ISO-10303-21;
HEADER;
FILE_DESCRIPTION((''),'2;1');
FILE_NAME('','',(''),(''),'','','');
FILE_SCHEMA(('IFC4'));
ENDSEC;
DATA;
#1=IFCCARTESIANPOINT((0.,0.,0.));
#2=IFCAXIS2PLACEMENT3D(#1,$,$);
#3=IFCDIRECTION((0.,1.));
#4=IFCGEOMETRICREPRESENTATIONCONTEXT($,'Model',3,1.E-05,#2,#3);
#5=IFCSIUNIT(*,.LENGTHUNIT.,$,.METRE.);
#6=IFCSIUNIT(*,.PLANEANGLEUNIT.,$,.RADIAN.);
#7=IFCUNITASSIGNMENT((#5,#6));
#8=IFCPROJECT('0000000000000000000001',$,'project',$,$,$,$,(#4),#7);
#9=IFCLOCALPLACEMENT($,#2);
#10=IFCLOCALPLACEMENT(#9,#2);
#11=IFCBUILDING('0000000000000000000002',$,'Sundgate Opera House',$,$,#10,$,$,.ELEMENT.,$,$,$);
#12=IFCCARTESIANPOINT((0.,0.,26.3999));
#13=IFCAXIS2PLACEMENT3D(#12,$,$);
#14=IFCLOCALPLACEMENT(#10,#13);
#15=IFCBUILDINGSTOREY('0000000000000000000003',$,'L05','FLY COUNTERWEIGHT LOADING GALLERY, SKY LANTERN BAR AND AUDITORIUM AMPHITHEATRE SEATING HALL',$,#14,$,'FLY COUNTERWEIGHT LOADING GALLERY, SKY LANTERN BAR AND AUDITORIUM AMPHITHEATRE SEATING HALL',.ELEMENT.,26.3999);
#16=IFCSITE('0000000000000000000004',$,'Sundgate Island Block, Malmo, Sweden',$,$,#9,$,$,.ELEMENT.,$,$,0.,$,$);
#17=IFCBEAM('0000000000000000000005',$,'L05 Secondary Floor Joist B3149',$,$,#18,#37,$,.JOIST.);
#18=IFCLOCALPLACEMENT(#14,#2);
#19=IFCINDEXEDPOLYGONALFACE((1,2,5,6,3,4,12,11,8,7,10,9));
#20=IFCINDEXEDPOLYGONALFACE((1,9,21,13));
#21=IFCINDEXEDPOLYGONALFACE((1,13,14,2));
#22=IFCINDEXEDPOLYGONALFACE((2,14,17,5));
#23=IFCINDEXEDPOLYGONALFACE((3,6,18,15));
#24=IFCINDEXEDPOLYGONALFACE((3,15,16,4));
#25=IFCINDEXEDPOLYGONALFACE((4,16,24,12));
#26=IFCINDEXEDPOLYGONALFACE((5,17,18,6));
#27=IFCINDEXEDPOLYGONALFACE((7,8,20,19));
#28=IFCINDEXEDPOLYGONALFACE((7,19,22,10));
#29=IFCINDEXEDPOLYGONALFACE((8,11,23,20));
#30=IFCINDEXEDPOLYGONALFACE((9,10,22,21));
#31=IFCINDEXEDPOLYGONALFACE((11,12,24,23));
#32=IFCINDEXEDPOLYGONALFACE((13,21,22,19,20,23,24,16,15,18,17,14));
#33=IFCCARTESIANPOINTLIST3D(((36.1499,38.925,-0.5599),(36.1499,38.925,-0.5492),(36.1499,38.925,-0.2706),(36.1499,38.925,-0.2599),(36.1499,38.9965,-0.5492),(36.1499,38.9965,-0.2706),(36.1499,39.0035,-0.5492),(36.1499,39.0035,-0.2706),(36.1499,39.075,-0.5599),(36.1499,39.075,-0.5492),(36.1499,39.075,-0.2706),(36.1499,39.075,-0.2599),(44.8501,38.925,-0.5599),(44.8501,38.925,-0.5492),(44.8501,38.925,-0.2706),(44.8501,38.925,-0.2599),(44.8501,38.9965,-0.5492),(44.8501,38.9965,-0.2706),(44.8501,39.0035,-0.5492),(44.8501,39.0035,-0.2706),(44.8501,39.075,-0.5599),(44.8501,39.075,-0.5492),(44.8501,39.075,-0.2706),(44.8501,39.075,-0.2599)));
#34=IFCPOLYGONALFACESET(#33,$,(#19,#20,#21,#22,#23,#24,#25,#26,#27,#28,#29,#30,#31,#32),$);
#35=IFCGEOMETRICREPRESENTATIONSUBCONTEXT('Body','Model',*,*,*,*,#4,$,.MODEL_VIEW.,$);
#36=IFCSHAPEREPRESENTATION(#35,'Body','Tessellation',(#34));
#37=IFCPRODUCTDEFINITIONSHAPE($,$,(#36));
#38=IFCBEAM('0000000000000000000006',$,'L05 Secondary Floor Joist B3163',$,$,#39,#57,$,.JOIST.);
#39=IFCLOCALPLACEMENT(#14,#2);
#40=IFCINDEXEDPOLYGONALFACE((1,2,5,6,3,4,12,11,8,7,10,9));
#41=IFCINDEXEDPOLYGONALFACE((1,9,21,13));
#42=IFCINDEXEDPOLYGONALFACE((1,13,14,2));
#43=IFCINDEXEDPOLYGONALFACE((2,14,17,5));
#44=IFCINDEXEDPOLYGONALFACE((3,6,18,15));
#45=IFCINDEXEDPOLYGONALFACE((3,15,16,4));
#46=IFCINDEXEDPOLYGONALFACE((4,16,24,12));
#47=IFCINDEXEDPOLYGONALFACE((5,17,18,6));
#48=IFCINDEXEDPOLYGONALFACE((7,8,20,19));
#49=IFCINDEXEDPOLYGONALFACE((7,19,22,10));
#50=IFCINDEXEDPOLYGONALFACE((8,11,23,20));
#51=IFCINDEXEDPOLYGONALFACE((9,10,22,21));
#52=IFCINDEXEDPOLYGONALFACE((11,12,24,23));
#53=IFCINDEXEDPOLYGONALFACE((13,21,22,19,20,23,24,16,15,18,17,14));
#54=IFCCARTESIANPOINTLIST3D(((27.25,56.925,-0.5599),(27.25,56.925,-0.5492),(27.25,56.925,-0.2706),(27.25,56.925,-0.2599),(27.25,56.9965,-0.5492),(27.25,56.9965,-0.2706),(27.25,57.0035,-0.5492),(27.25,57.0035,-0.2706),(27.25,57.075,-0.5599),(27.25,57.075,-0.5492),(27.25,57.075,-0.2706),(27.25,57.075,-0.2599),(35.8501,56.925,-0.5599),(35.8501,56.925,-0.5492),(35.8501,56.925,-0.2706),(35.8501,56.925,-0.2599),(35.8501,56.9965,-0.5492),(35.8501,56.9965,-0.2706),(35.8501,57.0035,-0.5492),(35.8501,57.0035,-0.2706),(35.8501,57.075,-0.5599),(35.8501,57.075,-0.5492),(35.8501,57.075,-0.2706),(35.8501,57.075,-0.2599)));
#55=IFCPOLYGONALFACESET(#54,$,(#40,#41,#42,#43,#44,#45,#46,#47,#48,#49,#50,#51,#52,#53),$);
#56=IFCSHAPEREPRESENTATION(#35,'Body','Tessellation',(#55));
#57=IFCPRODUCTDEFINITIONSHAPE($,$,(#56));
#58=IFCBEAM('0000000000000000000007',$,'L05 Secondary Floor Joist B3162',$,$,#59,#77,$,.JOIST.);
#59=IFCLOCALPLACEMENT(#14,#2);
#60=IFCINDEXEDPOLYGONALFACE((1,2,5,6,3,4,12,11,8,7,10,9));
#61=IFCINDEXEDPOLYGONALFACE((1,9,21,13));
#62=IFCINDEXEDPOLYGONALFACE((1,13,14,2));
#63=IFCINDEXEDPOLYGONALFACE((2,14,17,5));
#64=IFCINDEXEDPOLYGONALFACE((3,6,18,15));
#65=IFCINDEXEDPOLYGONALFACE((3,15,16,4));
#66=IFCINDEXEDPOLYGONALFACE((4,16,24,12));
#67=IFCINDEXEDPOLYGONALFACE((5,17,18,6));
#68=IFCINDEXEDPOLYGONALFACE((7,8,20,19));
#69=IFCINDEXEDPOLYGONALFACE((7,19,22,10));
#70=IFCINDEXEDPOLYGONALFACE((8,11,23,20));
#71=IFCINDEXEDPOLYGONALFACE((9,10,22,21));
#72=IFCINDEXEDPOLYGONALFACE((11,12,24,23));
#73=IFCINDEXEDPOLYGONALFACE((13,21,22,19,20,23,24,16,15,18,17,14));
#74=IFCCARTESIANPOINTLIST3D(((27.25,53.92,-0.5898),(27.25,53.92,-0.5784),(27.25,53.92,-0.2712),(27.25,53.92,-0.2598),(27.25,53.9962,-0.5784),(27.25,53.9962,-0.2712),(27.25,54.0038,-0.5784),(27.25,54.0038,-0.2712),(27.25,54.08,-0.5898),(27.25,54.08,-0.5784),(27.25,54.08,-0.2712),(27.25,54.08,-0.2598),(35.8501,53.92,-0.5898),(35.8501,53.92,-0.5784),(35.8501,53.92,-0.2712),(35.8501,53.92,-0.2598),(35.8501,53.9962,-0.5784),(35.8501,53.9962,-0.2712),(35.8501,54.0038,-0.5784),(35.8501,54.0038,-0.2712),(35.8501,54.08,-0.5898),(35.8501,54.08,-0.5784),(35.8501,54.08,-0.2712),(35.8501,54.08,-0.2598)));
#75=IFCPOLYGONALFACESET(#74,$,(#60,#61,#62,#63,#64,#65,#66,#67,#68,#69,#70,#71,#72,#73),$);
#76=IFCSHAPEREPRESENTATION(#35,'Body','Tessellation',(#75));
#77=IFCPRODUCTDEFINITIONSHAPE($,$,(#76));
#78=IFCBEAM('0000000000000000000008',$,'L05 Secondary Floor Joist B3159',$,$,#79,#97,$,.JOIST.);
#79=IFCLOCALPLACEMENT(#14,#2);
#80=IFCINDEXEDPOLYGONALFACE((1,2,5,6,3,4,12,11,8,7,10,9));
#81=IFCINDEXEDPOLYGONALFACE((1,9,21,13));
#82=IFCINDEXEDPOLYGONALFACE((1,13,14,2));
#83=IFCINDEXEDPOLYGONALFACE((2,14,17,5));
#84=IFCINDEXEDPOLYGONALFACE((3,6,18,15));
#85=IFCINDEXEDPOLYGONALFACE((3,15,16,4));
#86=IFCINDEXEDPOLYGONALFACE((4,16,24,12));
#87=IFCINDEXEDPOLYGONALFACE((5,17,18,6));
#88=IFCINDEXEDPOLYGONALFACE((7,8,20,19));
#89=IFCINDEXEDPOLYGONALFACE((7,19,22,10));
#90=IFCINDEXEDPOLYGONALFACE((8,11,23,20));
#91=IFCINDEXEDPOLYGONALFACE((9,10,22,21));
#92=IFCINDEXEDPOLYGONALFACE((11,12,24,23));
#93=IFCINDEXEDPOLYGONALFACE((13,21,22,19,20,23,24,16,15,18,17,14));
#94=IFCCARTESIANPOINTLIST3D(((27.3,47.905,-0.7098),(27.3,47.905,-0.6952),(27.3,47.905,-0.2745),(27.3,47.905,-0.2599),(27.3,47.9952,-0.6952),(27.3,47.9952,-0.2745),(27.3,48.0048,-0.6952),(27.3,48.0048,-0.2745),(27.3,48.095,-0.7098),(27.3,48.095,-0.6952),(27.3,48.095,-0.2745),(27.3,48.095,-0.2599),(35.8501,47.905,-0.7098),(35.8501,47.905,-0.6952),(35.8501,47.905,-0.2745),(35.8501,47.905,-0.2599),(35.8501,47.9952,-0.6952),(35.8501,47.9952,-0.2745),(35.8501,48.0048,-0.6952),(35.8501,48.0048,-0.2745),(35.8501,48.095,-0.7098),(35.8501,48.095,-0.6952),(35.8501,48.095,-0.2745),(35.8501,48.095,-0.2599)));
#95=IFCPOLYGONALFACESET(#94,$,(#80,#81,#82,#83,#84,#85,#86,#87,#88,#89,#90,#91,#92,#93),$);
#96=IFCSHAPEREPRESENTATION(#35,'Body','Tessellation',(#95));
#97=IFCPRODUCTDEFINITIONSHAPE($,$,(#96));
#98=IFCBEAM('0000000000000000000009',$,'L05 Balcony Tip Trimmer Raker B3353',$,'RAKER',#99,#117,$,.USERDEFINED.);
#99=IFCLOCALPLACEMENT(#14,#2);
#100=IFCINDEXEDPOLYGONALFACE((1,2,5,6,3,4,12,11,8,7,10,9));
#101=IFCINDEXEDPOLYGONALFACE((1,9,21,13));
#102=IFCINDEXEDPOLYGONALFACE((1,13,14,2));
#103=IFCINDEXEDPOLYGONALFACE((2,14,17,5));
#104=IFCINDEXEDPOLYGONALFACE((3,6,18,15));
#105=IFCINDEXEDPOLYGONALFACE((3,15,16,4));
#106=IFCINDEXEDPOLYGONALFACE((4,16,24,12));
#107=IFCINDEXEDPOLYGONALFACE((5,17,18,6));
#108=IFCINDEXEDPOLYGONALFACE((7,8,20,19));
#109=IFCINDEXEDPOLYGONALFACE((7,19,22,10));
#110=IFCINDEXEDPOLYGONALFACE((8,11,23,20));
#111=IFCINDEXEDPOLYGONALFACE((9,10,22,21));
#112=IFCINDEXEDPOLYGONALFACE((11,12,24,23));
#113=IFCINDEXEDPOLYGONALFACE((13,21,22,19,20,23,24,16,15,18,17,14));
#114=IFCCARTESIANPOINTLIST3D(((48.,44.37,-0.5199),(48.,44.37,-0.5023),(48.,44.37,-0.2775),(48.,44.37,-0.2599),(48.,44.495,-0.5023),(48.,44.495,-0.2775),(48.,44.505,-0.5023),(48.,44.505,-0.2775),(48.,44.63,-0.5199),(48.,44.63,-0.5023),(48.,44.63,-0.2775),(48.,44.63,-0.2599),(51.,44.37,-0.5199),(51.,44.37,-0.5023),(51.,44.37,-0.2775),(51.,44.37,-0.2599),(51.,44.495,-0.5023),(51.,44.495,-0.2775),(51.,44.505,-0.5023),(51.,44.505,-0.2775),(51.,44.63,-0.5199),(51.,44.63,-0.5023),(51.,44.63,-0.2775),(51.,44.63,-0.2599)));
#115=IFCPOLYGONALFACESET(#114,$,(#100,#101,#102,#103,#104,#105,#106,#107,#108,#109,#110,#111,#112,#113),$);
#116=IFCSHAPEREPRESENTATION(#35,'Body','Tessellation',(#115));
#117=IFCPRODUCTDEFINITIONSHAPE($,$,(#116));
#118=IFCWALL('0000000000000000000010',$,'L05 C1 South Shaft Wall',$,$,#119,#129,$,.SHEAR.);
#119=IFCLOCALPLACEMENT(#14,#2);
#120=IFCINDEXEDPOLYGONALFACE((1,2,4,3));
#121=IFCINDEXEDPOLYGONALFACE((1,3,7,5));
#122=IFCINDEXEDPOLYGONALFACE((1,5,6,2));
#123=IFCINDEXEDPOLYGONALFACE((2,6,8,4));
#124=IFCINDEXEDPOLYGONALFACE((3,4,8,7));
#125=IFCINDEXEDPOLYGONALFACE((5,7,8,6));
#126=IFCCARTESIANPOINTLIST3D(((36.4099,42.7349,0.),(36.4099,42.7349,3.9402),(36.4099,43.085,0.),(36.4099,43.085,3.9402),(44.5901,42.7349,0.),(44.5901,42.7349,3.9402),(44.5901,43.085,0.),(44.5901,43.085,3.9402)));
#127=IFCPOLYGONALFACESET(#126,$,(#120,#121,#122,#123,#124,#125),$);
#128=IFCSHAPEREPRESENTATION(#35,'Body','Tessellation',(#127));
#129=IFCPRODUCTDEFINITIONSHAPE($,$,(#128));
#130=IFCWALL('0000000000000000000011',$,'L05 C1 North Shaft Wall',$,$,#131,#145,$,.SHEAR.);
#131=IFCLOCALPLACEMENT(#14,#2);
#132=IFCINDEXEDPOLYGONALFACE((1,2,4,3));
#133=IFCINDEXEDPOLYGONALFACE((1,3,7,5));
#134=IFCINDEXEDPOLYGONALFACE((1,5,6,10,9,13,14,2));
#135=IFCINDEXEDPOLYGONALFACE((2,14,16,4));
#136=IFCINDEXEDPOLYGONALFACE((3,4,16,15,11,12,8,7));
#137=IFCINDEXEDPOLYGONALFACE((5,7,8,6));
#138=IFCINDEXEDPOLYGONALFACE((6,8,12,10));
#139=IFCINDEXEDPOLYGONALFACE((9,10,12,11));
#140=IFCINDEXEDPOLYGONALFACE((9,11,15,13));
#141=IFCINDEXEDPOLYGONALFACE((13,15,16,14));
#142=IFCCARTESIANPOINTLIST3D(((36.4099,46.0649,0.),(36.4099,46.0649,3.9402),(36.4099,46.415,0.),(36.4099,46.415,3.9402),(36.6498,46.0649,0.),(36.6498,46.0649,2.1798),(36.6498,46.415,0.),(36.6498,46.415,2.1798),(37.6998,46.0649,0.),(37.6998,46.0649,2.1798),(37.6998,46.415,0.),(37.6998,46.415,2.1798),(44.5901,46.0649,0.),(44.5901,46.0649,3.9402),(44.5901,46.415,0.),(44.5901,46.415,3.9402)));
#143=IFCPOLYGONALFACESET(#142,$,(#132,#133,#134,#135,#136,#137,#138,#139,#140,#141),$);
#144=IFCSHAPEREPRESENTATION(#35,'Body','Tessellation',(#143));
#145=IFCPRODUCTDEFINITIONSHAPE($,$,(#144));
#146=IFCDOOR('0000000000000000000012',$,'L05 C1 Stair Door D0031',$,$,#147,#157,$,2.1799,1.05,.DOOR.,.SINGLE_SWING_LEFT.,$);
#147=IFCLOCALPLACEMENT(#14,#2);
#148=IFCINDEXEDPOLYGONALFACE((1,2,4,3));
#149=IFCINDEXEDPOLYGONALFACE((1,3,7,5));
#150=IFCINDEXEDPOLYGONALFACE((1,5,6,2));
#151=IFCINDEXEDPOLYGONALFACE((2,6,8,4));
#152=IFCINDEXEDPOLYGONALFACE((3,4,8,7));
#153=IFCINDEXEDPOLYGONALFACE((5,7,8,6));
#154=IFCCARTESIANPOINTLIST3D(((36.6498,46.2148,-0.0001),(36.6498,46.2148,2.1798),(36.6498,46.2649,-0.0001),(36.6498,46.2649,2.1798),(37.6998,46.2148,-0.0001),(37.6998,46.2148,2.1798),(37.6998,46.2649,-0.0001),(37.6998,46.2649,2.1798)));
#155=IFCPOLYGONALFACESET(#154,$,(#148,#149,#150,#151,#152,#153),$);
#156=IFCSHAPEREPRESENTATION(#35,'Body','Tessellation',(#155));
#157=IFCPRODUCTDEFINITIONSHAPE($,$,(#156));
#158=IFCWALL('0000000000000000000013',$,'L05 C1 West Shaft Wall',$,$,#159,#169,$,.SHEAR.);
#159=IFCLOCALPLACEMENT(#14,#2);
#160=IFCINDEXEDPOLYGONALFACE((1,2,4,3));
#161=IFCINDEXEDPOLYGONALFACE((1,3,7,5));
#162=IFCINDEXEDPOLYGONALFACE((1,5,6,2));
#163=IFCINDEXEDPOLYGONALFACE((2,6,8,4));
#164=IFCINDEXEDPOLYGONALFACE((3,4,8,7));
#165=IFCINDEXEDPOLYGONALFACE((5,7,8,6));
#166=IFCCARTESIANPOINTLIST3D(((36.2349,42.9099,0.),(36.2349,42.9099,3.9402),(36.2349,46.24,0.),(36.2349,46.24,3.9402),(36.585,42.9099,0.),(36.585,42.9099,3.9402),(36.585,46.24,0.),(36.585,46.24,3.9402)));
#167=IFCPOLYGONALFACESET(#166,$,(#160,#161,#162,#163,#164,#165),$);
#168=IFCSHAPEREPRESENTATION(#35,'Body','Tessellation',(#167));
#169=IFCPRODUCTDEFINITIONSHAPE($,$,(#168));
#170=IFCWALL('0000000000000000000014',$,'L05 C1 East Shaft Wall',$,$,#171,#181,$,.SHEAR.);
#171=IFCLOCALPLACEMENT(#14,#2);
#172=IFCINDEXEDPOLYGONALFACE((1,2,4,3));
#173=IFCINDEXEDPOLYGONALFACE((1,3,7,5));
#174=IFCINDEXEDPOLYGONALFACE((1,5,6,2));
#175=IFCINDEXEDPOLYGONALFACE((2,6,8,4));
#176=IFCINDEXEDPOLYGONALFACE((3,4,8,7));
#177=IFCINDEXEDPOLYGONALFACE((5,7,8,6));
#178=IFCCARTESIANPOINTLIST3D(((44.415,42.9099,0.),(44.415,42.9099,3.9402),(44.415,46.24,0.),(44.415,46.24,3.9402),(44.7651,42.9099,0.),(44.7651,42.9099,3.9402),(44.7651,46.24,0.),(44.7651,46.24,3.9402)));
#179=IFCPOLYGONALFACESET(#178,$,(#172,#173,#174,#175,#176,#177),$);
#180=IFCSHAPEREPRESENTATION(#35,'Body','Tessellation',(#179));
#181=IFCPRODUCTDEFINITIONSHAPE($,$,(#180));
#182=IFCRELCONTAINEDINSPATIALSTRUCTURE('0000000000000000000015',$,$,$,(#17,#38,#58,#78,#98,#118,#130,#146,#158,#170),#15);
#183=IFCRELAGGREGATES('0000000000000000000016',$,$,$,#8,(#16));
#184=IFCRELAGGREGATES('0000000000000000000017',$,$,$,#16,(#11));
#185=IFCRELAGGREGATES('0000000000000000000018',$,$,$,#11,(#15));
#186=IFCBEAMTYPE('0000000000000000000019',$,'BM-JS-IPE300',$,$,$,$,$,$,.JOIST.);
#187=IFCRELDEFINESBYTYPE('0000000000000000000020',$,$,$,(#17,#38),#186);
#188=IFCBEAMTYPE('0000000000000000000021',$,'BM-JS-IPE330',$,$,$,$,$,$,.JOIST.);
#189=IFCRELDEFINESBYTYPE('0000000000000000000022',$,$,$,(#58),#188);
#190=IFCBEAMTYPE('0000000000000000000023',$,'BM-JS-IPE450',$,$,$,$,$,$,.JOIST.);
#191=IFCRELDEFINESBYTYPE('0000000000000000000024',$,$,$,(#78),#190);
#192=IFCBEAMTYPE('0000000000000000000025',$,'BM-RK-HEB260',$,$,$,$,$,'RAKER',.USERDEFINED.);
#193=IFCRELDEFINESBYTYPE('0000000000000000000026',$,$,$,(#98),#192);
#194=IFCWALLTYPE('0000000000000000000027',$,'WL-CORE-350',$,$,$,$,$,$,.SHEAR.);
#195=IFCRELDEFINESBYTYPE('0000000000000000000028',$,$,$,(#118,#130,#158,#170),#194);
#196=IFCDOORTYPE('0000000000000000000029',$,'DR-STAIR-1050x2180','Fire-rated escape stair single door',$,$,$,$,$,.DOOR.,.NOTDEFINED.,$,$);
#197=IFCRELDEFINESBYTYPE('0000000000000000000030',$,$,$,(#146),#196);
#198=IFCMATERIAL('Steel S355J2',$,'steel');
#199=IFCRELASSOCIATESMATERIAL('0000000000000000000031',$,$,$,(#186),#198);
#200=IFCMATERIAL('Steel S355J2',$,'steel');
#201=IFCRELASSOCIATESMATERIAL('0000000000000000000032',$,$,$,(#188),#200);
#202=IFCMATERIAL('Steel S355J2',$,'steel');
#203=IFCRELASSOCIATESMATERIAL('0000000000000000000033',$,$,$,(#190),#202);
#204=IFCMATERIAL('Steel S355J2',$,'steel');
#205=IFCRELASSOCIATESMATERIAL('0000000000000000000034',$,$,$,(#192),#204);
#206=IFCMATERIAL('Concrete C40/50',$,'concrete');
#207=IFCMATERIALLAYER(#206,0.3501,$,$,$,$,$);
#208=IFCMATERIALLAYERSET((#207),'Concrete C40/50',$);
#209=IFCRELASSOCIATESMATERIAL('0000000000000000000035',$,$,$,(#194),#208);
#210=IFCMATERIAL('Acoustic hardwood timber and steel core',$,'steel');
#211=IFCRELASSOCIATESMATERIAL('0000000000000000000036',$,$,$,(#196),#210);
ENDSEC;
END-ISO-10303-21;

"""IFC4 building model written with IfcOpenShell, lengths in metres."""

from ifc_helpers import new_model, si_unit, direction, frame, frame_2d, origin, origin_2d, place, context, subcontext, project, spatial, rectangle, i_section, extrude, material, layer, layer_set, material_profile, profile_set, type_object, element, fill, save


model = new_model("IFC4")

# Units and contexts
model_context = context("Model", 3, precision=1e-05, world=origin(), true_north=direction((0.0, 1.0)))
body_context = subcontext(model_context, "Body", "Model", "MODEL_VIEW")
ifc_project = project(units=[si_unit("LENGTHUNIT", "METRE"), si_unit("PLANEANGLEUNIT", "RADIAN")], contexts=[model_context])

# Site, building, storey
site_placement = place(None, origin())
site = spatial("IfcSite", under=ifc_project, at=site_placement, Name="Sundgate Island Block, Malmo, Sweden", CompositionType="ELEMENT", RefElevation=0.0)
building_placement = place(site_placement, origin())
building = spatial("IfcBuilding", under=site, at=building_placement, Name="Sundgate Opera House", CompositionType="ELEMENT")
storey_placement = place(building_placement, frame((0.0, 0.0, 26.3999)))
storey = spatial("IfcBuildingStorey", under=building, at=storey_placement, Name="L05", Description="FLY COUNTERWEIGHT LOADING GALLERY, SKY LANTERN BAR AND AUDITORIUM AMPHITHEATRE SEATING HALL", LongName="FLY COUNTERWEIGHT LOADING GALLERY, SKY LANTERN BAR AND AUDITORIUM AMPHITHEATRE SEATING HALL", CompositionType="ELEMENT", Elevation=26.3999)

# Beams
ifc_material_1 = material(Name="Steel S355J2", Category="steel")
ifc_material_profile_1 = material_profile(ifc_material_1, i_section(OverallWidth=0.1499, OverallDepth=0.3, WebThickness=0.0071, FlangeThickness=0.0107, at=origin_2d()), Name="IPE 300")
ifc_profile_set_1 = profile_set([ifc_material_profile_1], Name="Steel S355J2")
beam_type_1 = type_object("IfcBeamType", Name="BM-JS-IPE300", PredefinedType="JOIST", material=ifc_profile_set_1)
beam_1_placement = place(storey_placement, frame((36.1499, 39.0, -0.4099), z_axis=(1.0, 0.0, 0.0), x_axis=(0.0, 1.0, 0.0)))
element("IfcBeam", 1, at=beam_1_placement, inside=storey, type_object=beam_type_1, Name="L05 Secondary Floor Joist B3149", PredefinedType="JOIST", context=body_context, shape_type="SweptSolid", body=[
    extrude(i_section(OverallWidth=0.1499, OverallDepth=0.3, WebThickness=0.0071, FlangeThickness=0.0107, at=origin_2d()), origin(), (0.0, 0.0, 1.0), 8.7002),
])
beam_2_placement = place(storey_placement, frame((27.25, 57.0, -0.4099), z_axis=(1.0, 0.0, 0.0), x_axis=(0.0, 1.0, 0.0)))
element("IfcBeam", 2, at=beam_2_placement, inside=storey, type_object=beam_type_1, Name="L05 Secondary Floor Joist B3163", PredefinedType="JOIST", context=body_context, shape_type="SweptSolid", body=[
    extrude(i_section(OverallWidth=0.1499, OverallDepth=0.3, WebThickness=0.0071, FlangeThickness=0.0107, at=origin_2d()), origin(), (0.0, 0.0, 1.0), 8.6001),
])
ifc_material_2 = material(Name="Steel S355J2", Category="steel")
ifc_material_profile_2 = material_profile(ifc_material_2, i_section(OverallWidth=0.1599, OverallDepth=0.3301, WebThickness=0.0076, FlangeThickness=0.0115, at=origin_2d()), Name="IPE 330")
ifc_profile_set_2 = profile_set([ifc_material_profile_2], Name="Steel S355J2")
beam_type_2 = type_object("IfcBeamType", Name="BM-JS-IPE330", PredefinedType="JOIST", material=ifc_profile_set_2)
beam_3_placement = place(storey_placement, frame((27.25, 54.0, -0.4248), z_axis=(1.0, 0.0, 0.0), x_axis=(0.0, 1.0, 0.0)))
element("IfcBeam", 3, at=beam_3_placement, inside=storey, type_object=beam_type_2, Name="L05 Secondary Floor Joist B3162", PredefinedType="JOIST", context=body_context, shape_type="SweptSolid", body=[
    extrude(i_section(OverallWidth=0.1599, OverallDepth=0.3301, WebThickness=0.0076, FlangeThickness=0.0115, at=origin_2d()), origin(), (0.0, 0.0, 1.0), 8.6001),
])
ifc_material_3 = material(Name="Steel S355J2", Category="steel")
ifc_material_profile_3 = material_profile(ifc_material_3, i_section(OverallWidth=0.1899, OverallDepth=0.45, WebThickness=0.0095, FlangeThickness=0.0146, at=origin_2d()), Name="IPE 450")
ifc_profile_set_3 = profile_set([ifc_material_profile_3], Name="Steel S355J2")
beam_type_3 = type_object("IfcBeamType", Name="BM-JS-IPE450", PredefinedType="JOIST", material=ifc_profile_set_3)
beam_4_placement = place(storey_placement, frame((27.3, 48.0, -0.4849), z_axis=(1.0, 0.0, 0.0), x_axis=(0.0, 1.0, 0.0)))
element("IfcBeam", 4, at=beam_4_placement, inside=storey, type_object=beam_type_3, Name="L05 Secondary Floor Joist B3159", PredefinedType="JOIST", context=body_context, shape_type="SweptSolid", body=[
    extrude(i_section(OverallWidth=0.1899, OverallDepth=0.45, WebThickness=0.0095, FlangeThickness=0.0146, at=origin_2d()), origin(), (0.0, 0.0, 1.0), 8.55),
])
ifc_material_4 = material(Name="Steel S355J2", Category="steel")
ifc_material_profile_4 = material_profile(ifc_material_4, i_section(OverallWidth=0.26, OverallDepth=0.26, WebThickness=0.01, FlangeThickness=0.0176, at=origin_2d()), Name="HEB 260")
ifc_profile_set_4 = profile_set([ifc_material_profile_4], Name="Steel S355J2")
beam_type_4 = type_object("IfcBeamType", Name="BM-RK-HEB260", ElementType="RAKER", PredefinedType="USERDEFINED", material=ifc_profile_set_4)
beam_5_placement = place(storey_placement, frame((48.0, 44.5, -0.3899), z_axis=(1.0, 0.0, 0.0), x_axis=(0.0, 1.0, 0.0)))
element("IfcBeam", 5, at=beam_5_placement, inside=storey, type_object=beam_type_4, Name="L05 Balcony Tip Trimmer Raker B3353", ObjectType="RAKER", PredefinedType="USERDEFINED", context=body_context, shape_type="SweptSolid", body=[
    extrude(i_section(OverallWidth=0.26, OverallDepth=0.26, WebThickness=0.01, FlangeThickness=0.0176, at=origin_2d()), origin(), (0.0, 0.0, 1.0), 3.0),
])

# Wall
ifc_material_5 = material(Name="Concrete C40/50", Category="concrete")
ifc_layer_1 = layer(ifc_material_5, 0.3501)
ifc_layer_set_1 = layer_set([ifc_layer_1], Name="Concrete C40/50")
wall_type_1 = type_object("IfcWallType", Name="WL-CORE-350", PredefinedType="SHEAR", material=ifc_layer_set_1)
wall_1_placement = place(storey_placement, frame((36.4099, 42.9099, 0.0), z_axis=(0.0, 0.0, 1.0), x_axis=(1.0, 0.0, 0.0)))
element("IfcWall", 6, at=wall_1_placement, inside=storey, type_object=wall_type_1, Name="L05 C1 South Shaft Wall", PredefinedType="SHEAR", context=body_context, shape_type="SweptSolid", body=[
    extrude(rectangle(XDim=8.1802, YDim=0.3501, at=frame_2d((4.0901, 0.0))), origin(), (0.0, 0.0, 1.0), 3.9402),
])

# Wall, opening, door
wall_2_placement = place(storey_placement, frame((36.4099, 46.24, 0.0), z_axis=(0.0, 0.0, 1.0), x_axis=(1.0, 0.0, 0.0)))
wall_2 = element("IfcWall", 7, at=wall_2_placement, inside=storey, type_object=wall_type_1, Name="L05 C1 North Shaft Wall", PredefinedType="SHEAR", context=body_context, shape_type="SweptSolid", body=[
    extrude(rectangle(XDim=8.1802, YDim=0.3501, at=frame_2d((4.0901, 0.0))), origin(), (0.0, 0.0, 1.0), 3.9402),
])
opening_1_placement = place(wall_2_placement, frame((0.24, 0.0, 0.0)))
opening_1 = element("IfcOpeningElement", 8, at=opening_1_placement, cuts=wall_2, PredefinedType="OPENING", context=body_context, shape_type="SweptSolid", body=[
    extrude(rectangle(XDim=1.05, YDim=2.1799, at=frame_2d((0.5249, 1.0898))), frame((0.0, 0.1851, 0.0), z_axis=(0.0, -1.0, 0.0), x_axis=(1.0, 0.0, 0.0)), (0.0, 0.0, 1.0), 0.3701),
])
ifc_material_6 = material(Name="Acoustic hardwood timber and steel core", Category="steel")
door_type_1 = type_object("IfcDoorType", Name="DR-STAIR-1050x2180", Description="Fire-rated escape stair single door", OperationType="NOTDEFINED", PredefinedType="DOOR", material=ifc_material_6)
door_1_placement = place(opening_1_placement, origin())
door_1 = element("IfcDoor", 9, at=door_1_placement, inside=storey, type_object=door_type_1, Name="L05 C1 Stair Door D0031", OperationType="SINGLE_SWING_LEFT", OverallHeight=2.1799, OverallWidth=1.05, PredefinedType="DOOR", context=body_context, shape_type="SweptSolid", body=[
    extrude(rectangle(XDim=1.05, YDim=2.1799, at=frame_2d((0.5249, 1.0898))), frame((0.0, 0.0249, 0.0), z_axis=(0.0, -1.0, 0.0), x_axis=(1.0, 0.0, 0.0)), (0.0, 0.0, 1.0), 0.05),
])
fill(opening_1, door_1)

# Walls
for number, where, z_axis, x_axis, name in (
    (10, (36.4099, 42.9099, 0.0), (0.0, 0.0, 1.0), (0.0, 1.0, 0.0), "L05 C1 West Shaft Wall"),
    (11, (44.5901, 42.9099, 0.0), (0.0, 0.0, 1.0), (0.0, 1.0, 0.0), "L05 C1 East Shaft Wall"),
):
    element("IfcWall", number, at=place(storey_placement, frame(where, z_axis=z_axis, x_axis=x_axis)), inside=storey, type_object=wall_type_1, Name=name, PredefinedType="SHEAR", context=body_context, shape_type="SweptSolid", body=[
        extrude(rectangle(XDim=3.3301, YDim=0.3501, at=frame_2d((1.665, 0.0))), origin(), (0.0, 0.0, 1.0), 3.9402),
    ])

save(model, "model.ifc")
